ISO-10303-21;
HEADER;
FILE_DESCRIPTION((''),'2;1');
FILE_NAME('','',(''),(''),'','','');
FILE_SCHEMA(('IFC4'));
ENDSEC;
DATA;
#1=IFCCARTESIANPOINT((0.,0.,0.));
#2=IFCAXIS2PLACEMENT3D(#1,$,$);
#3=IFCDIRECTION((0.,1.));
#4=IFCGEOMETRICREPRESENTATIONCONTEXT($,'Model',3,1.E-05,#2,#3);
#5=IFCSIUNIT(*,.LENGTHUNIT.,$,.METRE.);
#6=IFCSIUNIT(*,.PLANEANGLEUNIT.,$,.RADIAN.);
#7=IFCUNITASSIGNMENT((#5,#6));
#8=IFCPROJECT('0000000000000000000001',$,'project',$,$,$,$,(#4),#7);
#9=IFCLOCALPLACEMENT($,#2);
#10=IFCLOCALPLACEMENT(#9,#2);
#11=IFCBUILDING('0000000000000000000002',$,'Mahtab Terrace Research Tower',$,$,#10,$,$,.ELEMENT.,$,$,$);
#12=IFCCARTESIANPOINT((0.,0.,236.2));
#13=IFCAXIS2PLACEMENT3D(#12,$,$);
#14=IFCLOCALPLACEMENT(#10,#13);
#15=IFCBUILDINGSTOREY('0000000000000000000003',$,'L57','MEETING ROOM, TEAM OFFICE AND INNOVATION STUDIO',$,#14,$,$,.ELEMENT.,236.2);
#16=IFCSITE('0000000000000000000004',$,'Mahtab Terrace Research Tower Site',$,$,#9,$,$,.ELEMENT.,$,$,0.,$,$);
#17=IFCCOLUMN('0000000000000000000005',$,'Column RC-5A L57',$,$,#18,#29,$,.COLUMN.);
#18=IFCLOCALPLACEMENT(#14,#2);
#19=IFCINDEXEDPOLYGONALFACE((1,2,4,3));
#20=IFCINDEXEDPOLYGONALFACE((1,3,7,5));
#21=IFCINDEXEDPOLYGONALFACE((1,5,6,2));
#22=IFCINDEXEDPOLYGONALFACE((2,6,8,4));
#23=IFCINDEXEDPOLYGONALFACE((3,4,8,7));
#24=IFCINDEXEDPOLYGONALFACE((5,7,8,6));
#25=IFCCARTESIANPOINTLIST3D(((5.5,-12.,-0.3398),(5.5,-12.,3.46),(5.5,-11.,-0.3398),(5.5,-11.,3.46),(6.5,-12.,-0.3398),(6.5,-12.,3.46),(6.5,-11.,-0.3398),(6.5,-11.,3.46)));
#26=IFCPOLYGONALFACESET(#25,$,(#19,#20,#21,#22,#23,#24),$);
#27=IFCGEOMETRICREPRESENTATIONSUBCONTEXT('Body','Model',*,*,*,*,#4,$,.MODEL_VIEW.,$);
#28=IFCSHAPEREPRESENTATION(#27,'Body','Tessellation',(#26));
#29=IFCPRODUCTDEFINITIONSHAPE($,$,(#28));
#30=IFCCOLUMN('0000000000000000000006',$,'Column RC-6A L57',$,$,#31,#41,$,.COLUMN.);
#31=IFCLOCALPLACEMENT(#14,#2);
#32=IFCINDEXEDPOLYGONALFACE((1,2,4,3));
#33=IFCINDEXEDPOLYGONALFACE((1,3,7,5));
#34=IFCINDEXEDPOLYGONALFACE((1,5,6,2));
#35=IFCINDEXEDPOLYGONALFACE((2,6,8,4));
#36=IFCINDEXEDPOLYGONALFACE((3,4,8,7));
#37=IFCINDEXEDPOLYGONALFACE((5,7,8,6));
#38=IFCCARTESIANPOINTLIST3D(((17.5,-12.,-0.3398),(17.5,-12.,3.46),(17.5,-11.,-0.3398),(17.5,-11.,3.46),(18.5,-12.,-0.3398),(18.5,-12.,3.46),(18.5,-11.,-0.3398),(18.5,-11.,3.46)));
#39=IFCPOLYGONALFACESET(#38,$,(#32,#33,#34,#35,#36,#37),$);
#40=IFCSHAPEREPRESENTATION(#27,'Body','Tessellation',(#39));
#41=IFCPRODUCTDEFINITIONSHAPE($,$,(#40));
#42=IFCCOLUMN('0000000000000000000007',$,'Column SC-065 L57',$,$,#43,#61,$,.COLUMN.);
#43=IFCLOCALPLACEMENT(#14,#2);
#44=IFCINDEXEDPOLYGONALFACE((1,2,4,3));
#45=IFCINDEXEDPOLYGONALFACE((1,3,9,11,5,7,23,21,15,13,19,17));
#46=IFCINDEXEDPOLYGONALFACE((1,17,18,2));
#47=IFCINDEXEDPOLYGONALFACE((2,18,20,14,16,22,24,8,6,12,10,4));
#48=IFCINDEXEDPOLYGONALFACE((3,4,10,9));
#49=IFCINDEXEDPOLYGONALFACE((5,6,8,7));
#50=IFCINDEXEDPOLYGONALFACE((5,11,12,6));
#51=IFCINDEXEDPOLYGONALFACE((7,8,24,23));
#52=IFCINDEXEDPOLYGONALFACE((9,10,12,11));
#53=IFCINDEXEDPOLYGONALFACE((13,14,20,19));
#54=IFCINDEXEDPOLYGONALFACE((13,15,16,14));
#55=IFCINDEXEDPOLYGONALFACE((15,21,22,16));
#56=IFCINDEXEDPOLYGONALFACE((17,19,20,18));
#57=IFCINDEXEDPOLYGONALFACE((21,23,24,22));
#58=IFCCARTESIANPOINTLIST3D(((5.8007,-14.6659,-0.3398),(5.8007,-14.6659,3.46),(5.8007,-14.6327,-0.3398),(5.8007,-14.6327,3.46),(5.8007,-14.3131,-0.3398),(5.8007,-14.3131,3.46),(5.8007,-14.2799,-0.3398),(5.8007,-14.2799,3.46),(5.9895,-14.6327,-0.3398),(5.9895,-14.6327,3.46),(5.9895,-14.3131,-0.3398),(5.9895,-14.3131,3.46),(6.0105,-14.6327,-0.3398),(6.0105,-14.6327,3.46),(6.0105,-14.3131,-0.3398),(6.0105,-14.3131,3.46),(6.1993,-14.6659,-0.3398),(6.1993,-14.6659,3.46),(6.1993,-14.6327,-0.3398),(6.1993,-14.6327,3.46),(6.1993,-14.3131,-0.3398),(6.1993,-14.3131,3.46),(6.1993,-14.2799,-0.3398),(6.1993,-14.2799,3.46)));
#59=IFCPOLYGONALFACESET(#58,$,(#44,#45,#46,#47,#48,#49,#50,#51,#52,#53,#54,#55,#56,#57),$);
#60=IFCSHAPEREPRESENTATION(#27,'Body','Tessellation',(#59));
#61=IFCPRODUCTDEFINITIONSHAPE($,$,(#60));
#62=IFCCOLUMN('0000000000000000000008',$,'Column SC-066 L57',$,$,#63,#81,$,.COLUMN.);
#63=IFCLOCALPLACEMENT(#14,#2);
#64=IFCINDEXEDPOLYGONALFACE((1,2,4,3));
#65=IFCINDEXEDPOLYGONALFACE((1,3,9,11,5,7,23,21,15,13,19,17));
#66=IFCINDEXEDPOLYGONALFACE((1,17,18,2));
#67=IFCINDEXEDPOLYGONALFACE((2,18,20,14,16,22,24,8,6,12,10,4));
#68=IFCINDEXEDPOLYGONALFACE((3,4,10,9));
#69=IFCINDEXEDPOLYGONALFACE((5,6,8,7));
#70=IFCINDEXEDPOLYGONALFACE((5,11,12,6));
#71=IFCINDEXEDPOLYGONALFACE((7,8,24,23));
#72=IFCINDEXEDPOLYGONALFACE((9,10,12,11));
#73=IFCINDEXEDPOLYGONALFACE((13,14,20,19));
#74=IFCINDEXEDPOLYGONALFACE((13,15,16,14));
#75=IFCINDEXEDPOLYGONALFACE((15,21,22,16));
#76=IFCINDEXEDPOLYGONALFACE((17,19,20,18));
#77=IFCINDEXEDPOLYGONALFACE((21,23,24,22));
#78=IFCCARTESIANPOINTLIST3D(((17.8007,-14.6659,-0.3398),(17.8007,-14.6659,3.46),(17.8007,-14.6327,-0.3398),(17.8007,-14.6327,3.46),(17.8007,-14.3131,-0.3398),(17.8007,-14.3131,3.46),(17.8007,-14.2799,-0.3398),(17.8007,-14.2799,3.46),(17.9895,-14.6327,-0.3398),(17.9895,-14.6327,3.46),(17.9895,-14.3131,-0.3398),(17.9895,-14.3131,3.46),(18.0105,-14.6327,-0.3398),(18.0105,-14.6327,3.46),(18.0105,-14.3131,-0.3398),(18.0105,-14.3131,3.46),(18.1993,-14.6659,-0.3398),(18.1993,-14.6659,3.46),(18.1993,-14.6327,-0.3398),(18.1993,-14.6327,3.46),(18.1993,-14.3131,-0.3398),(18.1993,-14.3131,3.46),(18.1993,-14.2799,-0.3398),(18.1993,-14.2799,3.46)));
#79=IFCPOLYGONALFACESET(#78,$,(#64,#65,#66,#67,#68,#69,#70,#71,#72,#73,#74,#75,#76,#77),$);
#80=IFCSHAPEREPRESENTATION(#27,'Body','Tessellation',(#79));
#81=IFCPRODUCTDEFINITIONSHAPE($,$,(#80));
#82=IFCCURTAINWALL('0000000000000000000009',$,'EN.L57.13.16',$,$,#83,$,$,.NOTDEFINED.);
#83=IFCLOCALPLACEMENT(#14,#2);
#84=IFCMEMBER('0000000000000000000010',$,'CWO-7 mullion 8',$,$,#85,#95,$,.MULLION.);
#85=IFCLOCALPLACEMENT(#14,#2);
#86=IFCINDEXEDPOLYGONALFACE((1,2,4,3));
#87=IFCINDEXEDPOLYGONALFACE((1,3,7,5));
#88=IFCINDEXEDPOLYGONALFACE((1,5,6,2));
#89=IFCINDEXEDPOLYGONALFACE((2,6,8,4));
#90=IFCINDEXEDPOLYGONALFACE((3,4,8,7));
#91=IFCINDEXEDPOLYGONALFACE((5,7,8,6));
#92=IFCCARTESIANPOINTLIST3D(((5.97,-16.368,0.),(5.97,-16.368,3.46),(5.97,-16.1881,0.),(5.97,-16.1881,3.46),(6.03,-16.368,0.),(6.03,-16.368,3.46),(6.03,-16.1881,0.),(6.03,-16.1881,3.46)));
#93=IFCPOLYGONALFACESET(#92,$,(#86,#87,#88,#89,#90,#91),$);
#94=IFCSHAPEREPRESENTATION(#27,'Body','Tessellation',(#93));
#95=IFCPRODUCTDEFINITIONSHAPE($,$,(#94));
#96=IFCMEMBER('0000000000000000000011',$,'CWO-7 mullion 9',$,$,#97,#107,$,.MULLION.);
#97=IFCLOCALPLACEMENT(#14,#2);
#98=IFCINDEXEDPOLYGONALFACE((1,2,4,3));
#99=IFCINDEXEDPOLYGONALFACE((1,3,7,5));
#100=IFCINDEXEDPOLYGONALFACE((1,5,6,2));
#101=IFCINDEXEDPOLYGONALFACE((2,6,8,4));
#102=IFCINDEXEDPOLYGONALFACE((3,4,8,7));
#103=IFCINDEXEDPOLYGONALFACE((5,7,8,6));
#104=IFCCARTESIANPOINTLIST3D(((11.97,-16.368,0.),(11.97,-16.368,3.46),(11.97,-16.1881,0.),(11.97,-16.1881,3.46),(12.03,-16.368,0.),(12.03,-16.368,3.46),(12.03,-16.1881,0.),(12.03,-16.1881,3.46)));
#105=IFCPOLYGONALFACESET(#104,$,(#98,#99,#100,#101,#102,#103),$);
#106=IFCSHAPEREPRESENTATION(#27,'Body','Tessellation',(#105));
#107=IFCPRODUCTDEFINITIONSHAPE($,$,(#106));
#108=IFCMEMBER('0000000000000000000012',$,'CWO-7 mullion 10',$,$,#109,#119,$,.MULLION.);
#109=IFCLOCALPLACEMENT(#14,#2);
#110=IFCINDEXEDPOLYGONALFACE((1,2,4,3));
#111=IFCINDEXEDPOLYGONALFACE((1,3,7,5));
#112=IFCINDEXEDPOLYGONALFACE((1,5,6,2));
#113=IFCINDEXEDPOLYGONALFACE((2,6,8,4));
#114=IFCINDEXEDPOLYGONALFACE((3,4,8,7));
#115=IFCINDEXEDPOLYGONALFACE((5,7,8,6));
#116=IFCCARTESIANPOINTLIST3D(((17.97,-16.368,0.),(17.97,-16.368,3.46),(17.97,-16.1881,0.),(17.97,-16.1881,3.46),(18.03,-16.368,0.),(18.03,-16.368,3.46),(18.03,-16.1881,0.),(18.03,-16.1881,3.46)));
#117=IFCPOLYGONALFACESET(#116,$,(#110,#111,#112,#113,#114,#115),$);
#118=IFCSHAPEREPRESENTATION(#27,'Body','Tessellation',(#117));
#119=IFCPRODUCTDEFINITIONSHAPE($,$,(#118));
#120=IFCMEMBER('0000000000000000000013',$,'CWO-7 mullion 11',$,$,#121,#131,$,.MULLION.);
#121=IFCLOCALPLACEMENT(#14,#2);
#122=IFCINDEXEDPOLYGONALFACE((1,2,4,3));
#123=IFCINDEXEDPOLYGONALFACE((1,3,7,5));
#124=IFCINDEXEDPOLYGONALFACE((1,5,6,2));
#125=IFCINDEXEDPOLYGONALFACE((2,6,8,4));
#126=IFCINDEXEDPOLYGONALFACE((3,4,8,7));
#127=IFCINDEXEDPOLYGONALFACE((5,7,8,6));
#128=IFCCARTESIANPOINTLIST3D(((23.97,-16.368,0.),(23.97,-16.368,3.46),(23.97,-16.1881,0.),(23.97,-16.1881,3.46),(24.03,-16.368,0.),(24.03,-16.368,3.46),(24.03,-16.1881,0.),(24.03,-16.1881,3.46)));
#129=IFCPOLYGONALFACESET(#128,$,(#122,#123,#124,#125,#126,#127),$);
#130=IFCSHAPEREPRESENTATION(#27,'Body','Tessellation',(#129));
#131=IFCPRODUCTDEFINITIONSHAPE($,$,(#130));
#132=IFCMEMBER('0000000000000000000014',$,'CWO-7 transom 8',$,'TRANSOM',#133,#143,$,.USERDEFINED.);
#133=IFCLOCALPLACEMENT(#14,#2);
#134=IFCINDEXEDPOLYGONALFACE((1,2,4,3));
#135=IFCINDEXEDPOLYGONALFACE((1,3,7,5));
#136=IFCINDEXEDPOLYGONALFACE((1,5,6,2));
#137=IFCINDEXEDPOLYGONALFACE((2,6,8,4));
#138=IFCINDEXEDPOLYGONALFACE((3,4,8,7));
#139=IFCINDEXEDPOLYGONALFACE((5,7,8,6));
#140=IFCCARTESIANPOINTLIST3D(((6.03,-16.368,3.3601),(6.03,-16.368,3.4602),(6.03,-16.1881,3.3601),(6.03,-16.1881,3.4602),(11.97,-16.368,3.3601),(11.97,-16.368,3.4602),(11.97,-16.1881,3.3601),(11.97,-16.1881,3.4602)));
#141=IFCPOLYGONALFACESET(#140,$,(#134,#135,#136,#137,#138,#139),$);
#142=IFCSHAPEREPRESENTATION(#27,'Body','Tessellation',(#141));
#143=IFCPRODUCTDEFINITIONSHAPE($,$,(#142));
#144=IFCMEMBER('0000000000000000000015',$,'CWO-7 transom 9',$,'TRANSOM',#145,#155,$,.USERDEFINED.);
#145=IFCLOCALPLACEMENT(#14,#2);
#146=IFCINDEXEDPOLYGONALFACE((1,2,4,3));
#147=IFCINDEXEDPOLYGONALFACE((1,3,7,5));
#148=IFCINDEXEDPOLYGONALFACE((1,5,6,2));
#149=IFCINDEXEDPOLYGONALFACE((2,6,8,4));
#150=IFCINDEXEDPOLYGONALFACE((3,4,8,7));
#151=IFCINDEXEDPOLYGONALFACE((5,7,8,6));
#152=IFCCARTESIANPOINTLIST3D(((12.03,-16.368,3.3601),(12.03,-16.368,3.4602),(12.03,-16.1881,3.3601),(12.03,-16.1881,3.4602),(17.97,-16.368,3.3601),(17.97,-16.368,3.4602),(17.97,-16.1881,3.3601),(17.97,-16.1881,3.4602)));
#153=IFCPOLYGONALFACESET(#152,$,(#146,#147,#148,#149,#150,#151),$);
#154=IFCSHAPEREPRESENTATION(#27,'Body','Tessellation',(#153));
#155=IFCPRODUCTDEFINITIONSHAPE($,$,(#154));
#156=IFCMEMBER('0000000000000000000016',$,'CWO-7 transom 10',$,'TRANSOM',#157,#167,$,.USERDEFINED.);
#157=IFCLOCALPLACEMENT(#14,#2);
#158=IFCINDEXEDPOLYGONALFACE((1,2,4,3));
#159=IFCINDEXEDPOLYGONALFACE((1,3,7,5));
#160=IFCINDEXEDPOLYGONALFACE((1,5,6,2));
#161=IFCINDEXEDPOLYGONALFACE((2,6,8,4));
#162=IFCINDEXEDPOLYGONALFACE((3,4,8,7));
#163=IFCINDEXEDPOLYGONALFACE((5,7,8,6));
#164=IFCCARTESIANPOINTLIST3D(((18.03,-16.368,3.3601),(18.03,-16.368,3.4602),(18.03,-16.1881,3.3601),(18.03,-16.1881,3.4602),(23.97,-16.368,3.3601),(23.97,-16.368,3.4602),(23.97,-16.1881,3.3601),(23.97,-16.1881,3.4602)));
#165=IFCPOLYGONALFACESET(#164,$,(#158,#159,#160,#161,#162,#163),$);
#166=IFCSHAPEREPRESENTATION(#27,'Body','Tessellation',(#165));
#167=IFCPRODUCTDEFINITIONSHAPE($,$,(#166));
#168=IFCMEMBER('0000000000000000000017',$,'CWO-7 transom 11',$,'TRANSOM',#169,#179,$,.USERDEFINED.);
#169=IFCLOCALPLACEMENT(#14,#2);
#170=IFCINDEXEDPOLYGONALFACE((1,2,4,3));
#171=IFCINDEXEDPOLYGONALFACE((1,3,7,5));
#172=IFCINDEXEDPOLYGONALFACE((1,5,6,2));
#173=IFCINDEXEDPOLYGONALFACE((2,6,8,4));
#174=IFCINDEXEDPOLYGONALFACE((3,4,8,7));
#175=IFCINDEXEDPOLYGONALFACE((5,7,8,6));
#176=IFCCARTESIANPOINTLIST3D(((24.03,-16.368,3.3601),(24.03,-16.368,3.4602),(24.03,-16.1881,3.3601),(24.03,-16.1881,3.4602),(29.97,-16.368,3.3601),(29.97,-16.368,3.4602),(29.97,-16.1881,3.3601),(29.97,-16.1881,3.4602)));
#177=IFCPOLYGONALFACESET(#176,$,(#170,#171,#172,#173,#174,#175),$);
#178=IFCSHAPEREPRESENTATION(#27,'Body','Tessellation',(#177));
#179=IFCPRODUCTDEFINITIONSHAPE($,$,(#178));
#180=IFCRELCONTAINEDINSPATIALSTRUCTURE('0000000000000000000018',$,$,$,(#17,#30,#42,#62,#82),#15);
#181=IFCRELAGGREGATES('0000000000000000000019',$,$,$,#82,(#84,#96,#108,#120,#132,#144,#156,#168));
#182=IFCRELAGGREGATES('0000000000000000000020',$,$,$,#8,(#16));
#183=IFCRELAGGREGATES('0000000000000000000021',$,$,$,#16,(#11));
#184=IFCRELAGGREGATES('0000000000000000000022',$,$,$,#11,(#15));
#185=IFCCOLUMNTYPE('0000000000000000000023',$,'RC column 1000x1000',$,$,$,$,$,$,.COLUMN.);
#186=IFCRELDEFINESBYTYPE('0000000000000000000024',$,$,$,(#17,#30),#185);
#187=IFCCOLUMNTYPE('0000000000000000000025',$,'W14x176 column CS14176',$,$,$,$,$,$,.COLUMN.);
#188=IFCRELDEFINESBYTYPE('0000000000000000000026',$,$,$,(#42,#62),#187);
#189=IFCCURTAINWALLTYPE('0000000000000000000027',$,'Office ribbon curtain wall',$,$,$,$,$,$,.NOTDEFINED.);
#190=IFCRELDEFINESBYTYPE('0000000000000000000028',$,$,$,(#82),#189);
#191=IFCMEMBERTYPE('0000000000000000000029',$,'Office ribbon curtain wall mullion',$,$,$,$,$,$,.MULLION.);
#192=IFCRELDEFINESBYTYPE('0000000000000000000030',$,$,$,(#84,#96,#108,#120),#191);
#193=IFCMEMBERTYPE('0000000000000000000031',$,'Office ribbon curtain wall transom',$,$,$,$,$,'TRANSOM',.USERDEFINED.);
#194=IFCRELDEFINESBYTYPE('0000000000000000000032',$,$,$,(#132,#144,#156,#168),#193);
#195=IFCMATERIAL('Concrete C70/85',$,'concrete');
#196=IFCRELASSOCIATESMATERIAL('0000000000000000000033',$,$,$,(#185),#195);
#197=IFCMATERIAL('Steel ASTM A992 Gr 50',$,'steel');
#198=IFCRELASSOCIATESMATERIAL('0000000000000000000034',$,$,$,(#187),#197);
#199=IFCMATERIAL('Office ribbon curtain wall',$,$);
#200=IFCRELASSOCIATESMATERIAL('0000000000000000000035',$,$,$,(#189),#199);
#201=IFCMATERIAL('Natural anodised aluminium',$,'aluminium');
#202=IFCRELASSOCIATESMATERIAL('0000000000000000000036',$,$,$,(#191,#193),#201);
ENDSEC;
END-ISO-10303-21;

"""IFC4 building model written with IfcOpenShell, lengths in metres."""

from ifc_helpers import new_model, si_unit, direction, frame, origin, origin_2d, place, context, subcontext, project, spatial, rectangle, i_section, extrude, material, material_profile, profile_set, type_object, element, aggregate, save


model = new_model("IFC4")

# Units and contexts
model_context = context("Model", 3, precision=1e-05, world=origin(), true_north=direction((0.0, 1.0)))
body_context = subcontext(model_context, "Body", "Model", "MODEL_VIEW")
ifc_project = project(units=[si_unit("LENGTHUNIT", "METRE"), si_unit("PLANEANGLEUNIT", "RADIAN")], contexts=[model_context])

# Site, building, storey
site_placement = place(None, origin())
site = spatial("IfcSite", under=ifc_project, at=site_placement, Name="Mahtab Terrace Research Tower Site", CompositionType="ELEMENT", RefElevation=0.0)
building_placement = place(site_placement, origin())
building = spatial("IfcBuilding", under=site, at=building_placement, Name="Mahtab Terrace Research Tower", CompositionType="ELEMENT")
storey_placement = place(building_placement, frame((0.0, 0.0, 236.2)))
storey = spatial("IfcBuildingStorey", under=building, at=storey_placement, Name="L57", Description="MEETING ROOM, TEAM OFFICE AND INNOVATION STUDIO", CompositionType="ELEMENT", Elevation=236.2)

# Columns
ifc_material_1 = material(Name="Concrete C70/85", Category="concrete")
ifc_material_profile_1 = material_profile(ifc_material_1, rectangle(XDim=1.0, YDim=1.0, at=origin_2d()), Name="RC column 1000x1000")
ifc_profile_set_1 = profile_set([ifc_material_profile_1], Name="Concrete C70/85")
column_type_1 = type_object("IfcColumnType", Name="RC column 1000x1000", PredefinedType="COLUMN", material=ifc_profile_set_1)
for number, where, z_axis, x_axis, name in (
    (1, (6.0, -11.5, -0.3398), (0.0, 0.0, 1.0), (1.0, 0.0, 0.0), "Column RC-5A L57"),
    (2, (18.0, -11.5, -0.3398), (0.0, 0.0, 1.0), (1.0, 0.0, 0.0), "Column RC-6A L57"),
):
    element("IfcColumn", number, at=place(storey_placement, frame(where, z_axis=z_axis, x_axis=x_axis)), inside=storey, type_object=column_type_1, Name=name, PredefinedType="COLUMN", context=body_context, shape_type="SweptSolid", body=[
        extrude(rectangle(XDim=1.0, YDim=1.0, at=origin_2d()), origin(), (0.0, 0.0, 1.0), 3.7998),
    ])
ifc_material_2 = material(Name="Steel ASTM A992 Gr 50", Category="steel")
ifc_material_profile_2 = material_profile(ifc_material_2, i_section(OverallWidth=0.3987, OverallDepth=0.386, WebThickness=0.021, FlangeThickness=0.0332, at=origin_2d()), Name="W14X176")
ifc_profile_set_2 = profile_set([ifc_material_profile_2], Name="Steel ASTM A992 Gr 50")
column_type_2 = type_object("IfcColumnType", Name="W14x176 column CS14176", PredefinedType="COLUMN", material=ifc_profile_set_2)
for number, where, z_axis, x_axis, name in (
    (3, (6.0, -14.4729, -0.3398), (0.0, 0.0, 1.0), (1.0, 0.0, 0.0), "Column SC-065 L57"),
    (4, (18.0, -14.4729, -0.3398), (0.0, 0.0, 1.0), (1.0, 0.0, 0.0), "Column SC-066 L57"),
):
    element("IfcColumn", number, at=place(storey_placement, frame(where, z_axis=z_axis, x_axis=x_axis)), inside=storey, type_object=column_type_2, Name=name, PredefinedType="COLUMN", context=body_context, shape_type="SweptSolid", body=[
        extrude(i_section(OverallWidth=0.3987, OverallDepth=0.386, WebThickness=0.021, FlangeThickness=0.0332, at=origin_2d()), origin(), (0.0, 0.0, 1.0), 3.7998),
    ])

# Curtain wall, members
ifc_material_3 = material(Name="Office ribbon curtain wall")
curtain_wall_type = type_object("IfcCurtainWallType", Name="Office ribbon curtain wall", PredefinedType="NOTDEFINED", material=ifc_material_3)
curtain_wall_placement = place(storey_placement, origin())
curtain_wall = element("IfcCurtainWall", 5, at=curtain_wall_placement, inside=storey, type_object=curtain_wall_type, Name="EN.L57.13.16", PredefinedType="NOTDEFINED")
ifc_material_4 = material(Name="Natural anodised aluminium", Category="aluminium")
ifc_material_profile_3 = material_profile(ifc_material_4, rectangle(XDim=0.1799, YDim=0.0601, at=origin_2d()), Name="MULLION 60x180")
ifc_profile_set_3 = profile_set([ifc_material_profile_3], Name="Natural anodised aluminium")
member_type_1 = type_object("IfcMemberType", Name="Office ribbon curtain wall mullion", PredefinedType="MULLION", material=ifc_profile_set_3)
member_1_placement = place(storey_placement, frame((6.0, -16.2781, 0.0), z_axis=(0.0, 0.0, 1.0), x_axis=(0.0, 1.0, 0.0)))
member_1 = element("IfcMember", 6, at=member_1_placement, type_object=member_type_1, Name="CWO-7 mullion 8", PredefinedType="MULLION", context=body_context, shape_type="SweptSolid", body=[
    extrude(rectangle(XDim=0.1799, YDim=0.0601, at=origin_2d()), origin(), (0.0, 0.0, 1.0), 3.46),
])
member_2_placement = place(storey_placement, frame((12.0, -16.2781, 0.0), z_axis=(0.0, 0.0, 1.0), x_axis=(0.0, 1.0, 0.0)))
member_2 = element("IfcMember", 7, at=member_2_placement, type_object=member_type_1, Name="CWO-7 mullion 9", PredefinedType="MULLION", context=body_context, shape_type="SweptSolid", body=[
    extrude(rectangle(XDim=0.1799, YDim=0.0601, at=origin_2d()), origin(), (0.0, 0.0, 1.0), 3.46),
])
member_3_placement = place(storey_placement, frame((18.0, -16.2781, 0.0), z_axis=(0.0, 0.0, 1.0), x_axis=(0.0, 1.0, 0.0)))
member_3 = element("IfcMember", 8, at=member_3_placement, type_object=member_type_1, Name="CWO-7 mullion 10", PredefinedType="MULLION", context=body_context, shape_type="SweptSolid", body=[
    extrude(rectangle(XDim=0.1799, YDim=0.0601, at=origin_2d()), origin(), (0.0, 0.0, 1.0), 3.46),
])
member_4_placement = place(storey_placement, frame((24.0, -16.2781, 0.0), z_axis=(0.0, 0.0, 1.0), x_axis=(0.0, 1.0, 0.0)))
member_4 = element("IfcMember", 9, at=member_4_placement, type_object=member_type_1, Name="CWO-7 mullion 11", PredefinedType="MULLION", context=body_context, shape_type="SweptSolid", body=[
    extrude(rectangle(XDim=0.1799, YDim=0.0601, at=origin_2d()), origin(), (0.0, 0.0, 1.0), 3.46),
])
ifc_material_profile_4 = material_profile(ifc_material_4, rectangle(XDim=0.1799, YDim=0.1001, at=origin_2d()), Name="TRANSOM 100x180")
ifc_profile_set_4 = profile_set([ifc_material_profile_4], Name="Natural anodised aluminium")
member_type_2 = type_object("IfcMemberType", Name="Office ribbon curtain wall transom", ElementType="TRANSOM", PredefinedType="USERDEFINED", material=ifc_profile_set_4)
member_5_placement = place(storey_placement, frame((6.03, -16.2781, 3.4102), z_axis=(1.0, 0.0, 0.0), x_axis=(0.0, 1.0, 0.0)))
member_5 = element("IfcMember", 10, at=member_5_placement, type_object=member_type_2, Name="CWO-7 transom 8", ObjectType="TRANSOM", PredefinedType="USERDEFINED", context=body_context, shape_type="SweptSolid", body=[
    extrude(rectangle(XDim=0.1799, YDim=0.1001, at=origin_2d()), origin(), (0.0, 0.0, 1.0), 5.9399),
])
member_6_placement = place(storey_placement, frame((12.03, -16.2781, 3.4102), z_axis=(1.0, 0.0, 0.0), x_axis=(0.0, 1.0, 0.0)))
member_6 = element("IfcMember", 11, at=member_6_placement, type_object=member_type_2, Name="CWO-7 transom 9", ObjectType="TRANSOM", PredefinedType="USERDEFINED", context=body_context, shape_type="SweptSolid", body=[
    extrude(rectangle(XDim=0.1799, YDim=0.1001, at=origin_2d()), origin(), (0.0, 0.0, 1.0), 5.9399),
])
member_7_placement = place(storey_placement, frame((18.03, -16.2781, 3.4102), z_axis=(1.0, 0.0, 0.0), x_axis=(0.0, 1.0, 0.0)))
member_7 = element("IfcMember", 12, at=member_7_placement, type_object=member_type_2, Name="CWO-7 transom 10", ObjectType="TRANSOM", PredefinedType="USERDEFINED", context=body_context, shape_type="SweptSolid", body=[
    extrude(rectangle(XDim=0.1799, YDim=0.1001, at=origin_2d()), origin(), (0.0, 0.0, 1.0), 5.9399),
])
member_8_placement = place(storey_placement, frame((24.03, -16.2781, 3.4102), z_axis=(1.0, 0.0, 0.0), x_axis=(0.0, 1.0, 0.0)))
member_8 = element("IfcMember", 13, at=member_8_placement, type_object=member_type_2, Name="CWO-7 transom 11", ObjectType="TRANSOM", PredefinedType="USERDEFINED", context=body_context, shape_type="SweptSolid", body=[
    extrude(rectangle(XDim=0.1799, YDim=0.1001, at=origin_2d()), origin(), (0.0, 0.0, 1.0), 5.9399),
])

aggregate(curtain_wall, [member_1, member_2, member_3, member_4, member_5, member_6, member_7, member_8])

save(model, "model.ifc")
